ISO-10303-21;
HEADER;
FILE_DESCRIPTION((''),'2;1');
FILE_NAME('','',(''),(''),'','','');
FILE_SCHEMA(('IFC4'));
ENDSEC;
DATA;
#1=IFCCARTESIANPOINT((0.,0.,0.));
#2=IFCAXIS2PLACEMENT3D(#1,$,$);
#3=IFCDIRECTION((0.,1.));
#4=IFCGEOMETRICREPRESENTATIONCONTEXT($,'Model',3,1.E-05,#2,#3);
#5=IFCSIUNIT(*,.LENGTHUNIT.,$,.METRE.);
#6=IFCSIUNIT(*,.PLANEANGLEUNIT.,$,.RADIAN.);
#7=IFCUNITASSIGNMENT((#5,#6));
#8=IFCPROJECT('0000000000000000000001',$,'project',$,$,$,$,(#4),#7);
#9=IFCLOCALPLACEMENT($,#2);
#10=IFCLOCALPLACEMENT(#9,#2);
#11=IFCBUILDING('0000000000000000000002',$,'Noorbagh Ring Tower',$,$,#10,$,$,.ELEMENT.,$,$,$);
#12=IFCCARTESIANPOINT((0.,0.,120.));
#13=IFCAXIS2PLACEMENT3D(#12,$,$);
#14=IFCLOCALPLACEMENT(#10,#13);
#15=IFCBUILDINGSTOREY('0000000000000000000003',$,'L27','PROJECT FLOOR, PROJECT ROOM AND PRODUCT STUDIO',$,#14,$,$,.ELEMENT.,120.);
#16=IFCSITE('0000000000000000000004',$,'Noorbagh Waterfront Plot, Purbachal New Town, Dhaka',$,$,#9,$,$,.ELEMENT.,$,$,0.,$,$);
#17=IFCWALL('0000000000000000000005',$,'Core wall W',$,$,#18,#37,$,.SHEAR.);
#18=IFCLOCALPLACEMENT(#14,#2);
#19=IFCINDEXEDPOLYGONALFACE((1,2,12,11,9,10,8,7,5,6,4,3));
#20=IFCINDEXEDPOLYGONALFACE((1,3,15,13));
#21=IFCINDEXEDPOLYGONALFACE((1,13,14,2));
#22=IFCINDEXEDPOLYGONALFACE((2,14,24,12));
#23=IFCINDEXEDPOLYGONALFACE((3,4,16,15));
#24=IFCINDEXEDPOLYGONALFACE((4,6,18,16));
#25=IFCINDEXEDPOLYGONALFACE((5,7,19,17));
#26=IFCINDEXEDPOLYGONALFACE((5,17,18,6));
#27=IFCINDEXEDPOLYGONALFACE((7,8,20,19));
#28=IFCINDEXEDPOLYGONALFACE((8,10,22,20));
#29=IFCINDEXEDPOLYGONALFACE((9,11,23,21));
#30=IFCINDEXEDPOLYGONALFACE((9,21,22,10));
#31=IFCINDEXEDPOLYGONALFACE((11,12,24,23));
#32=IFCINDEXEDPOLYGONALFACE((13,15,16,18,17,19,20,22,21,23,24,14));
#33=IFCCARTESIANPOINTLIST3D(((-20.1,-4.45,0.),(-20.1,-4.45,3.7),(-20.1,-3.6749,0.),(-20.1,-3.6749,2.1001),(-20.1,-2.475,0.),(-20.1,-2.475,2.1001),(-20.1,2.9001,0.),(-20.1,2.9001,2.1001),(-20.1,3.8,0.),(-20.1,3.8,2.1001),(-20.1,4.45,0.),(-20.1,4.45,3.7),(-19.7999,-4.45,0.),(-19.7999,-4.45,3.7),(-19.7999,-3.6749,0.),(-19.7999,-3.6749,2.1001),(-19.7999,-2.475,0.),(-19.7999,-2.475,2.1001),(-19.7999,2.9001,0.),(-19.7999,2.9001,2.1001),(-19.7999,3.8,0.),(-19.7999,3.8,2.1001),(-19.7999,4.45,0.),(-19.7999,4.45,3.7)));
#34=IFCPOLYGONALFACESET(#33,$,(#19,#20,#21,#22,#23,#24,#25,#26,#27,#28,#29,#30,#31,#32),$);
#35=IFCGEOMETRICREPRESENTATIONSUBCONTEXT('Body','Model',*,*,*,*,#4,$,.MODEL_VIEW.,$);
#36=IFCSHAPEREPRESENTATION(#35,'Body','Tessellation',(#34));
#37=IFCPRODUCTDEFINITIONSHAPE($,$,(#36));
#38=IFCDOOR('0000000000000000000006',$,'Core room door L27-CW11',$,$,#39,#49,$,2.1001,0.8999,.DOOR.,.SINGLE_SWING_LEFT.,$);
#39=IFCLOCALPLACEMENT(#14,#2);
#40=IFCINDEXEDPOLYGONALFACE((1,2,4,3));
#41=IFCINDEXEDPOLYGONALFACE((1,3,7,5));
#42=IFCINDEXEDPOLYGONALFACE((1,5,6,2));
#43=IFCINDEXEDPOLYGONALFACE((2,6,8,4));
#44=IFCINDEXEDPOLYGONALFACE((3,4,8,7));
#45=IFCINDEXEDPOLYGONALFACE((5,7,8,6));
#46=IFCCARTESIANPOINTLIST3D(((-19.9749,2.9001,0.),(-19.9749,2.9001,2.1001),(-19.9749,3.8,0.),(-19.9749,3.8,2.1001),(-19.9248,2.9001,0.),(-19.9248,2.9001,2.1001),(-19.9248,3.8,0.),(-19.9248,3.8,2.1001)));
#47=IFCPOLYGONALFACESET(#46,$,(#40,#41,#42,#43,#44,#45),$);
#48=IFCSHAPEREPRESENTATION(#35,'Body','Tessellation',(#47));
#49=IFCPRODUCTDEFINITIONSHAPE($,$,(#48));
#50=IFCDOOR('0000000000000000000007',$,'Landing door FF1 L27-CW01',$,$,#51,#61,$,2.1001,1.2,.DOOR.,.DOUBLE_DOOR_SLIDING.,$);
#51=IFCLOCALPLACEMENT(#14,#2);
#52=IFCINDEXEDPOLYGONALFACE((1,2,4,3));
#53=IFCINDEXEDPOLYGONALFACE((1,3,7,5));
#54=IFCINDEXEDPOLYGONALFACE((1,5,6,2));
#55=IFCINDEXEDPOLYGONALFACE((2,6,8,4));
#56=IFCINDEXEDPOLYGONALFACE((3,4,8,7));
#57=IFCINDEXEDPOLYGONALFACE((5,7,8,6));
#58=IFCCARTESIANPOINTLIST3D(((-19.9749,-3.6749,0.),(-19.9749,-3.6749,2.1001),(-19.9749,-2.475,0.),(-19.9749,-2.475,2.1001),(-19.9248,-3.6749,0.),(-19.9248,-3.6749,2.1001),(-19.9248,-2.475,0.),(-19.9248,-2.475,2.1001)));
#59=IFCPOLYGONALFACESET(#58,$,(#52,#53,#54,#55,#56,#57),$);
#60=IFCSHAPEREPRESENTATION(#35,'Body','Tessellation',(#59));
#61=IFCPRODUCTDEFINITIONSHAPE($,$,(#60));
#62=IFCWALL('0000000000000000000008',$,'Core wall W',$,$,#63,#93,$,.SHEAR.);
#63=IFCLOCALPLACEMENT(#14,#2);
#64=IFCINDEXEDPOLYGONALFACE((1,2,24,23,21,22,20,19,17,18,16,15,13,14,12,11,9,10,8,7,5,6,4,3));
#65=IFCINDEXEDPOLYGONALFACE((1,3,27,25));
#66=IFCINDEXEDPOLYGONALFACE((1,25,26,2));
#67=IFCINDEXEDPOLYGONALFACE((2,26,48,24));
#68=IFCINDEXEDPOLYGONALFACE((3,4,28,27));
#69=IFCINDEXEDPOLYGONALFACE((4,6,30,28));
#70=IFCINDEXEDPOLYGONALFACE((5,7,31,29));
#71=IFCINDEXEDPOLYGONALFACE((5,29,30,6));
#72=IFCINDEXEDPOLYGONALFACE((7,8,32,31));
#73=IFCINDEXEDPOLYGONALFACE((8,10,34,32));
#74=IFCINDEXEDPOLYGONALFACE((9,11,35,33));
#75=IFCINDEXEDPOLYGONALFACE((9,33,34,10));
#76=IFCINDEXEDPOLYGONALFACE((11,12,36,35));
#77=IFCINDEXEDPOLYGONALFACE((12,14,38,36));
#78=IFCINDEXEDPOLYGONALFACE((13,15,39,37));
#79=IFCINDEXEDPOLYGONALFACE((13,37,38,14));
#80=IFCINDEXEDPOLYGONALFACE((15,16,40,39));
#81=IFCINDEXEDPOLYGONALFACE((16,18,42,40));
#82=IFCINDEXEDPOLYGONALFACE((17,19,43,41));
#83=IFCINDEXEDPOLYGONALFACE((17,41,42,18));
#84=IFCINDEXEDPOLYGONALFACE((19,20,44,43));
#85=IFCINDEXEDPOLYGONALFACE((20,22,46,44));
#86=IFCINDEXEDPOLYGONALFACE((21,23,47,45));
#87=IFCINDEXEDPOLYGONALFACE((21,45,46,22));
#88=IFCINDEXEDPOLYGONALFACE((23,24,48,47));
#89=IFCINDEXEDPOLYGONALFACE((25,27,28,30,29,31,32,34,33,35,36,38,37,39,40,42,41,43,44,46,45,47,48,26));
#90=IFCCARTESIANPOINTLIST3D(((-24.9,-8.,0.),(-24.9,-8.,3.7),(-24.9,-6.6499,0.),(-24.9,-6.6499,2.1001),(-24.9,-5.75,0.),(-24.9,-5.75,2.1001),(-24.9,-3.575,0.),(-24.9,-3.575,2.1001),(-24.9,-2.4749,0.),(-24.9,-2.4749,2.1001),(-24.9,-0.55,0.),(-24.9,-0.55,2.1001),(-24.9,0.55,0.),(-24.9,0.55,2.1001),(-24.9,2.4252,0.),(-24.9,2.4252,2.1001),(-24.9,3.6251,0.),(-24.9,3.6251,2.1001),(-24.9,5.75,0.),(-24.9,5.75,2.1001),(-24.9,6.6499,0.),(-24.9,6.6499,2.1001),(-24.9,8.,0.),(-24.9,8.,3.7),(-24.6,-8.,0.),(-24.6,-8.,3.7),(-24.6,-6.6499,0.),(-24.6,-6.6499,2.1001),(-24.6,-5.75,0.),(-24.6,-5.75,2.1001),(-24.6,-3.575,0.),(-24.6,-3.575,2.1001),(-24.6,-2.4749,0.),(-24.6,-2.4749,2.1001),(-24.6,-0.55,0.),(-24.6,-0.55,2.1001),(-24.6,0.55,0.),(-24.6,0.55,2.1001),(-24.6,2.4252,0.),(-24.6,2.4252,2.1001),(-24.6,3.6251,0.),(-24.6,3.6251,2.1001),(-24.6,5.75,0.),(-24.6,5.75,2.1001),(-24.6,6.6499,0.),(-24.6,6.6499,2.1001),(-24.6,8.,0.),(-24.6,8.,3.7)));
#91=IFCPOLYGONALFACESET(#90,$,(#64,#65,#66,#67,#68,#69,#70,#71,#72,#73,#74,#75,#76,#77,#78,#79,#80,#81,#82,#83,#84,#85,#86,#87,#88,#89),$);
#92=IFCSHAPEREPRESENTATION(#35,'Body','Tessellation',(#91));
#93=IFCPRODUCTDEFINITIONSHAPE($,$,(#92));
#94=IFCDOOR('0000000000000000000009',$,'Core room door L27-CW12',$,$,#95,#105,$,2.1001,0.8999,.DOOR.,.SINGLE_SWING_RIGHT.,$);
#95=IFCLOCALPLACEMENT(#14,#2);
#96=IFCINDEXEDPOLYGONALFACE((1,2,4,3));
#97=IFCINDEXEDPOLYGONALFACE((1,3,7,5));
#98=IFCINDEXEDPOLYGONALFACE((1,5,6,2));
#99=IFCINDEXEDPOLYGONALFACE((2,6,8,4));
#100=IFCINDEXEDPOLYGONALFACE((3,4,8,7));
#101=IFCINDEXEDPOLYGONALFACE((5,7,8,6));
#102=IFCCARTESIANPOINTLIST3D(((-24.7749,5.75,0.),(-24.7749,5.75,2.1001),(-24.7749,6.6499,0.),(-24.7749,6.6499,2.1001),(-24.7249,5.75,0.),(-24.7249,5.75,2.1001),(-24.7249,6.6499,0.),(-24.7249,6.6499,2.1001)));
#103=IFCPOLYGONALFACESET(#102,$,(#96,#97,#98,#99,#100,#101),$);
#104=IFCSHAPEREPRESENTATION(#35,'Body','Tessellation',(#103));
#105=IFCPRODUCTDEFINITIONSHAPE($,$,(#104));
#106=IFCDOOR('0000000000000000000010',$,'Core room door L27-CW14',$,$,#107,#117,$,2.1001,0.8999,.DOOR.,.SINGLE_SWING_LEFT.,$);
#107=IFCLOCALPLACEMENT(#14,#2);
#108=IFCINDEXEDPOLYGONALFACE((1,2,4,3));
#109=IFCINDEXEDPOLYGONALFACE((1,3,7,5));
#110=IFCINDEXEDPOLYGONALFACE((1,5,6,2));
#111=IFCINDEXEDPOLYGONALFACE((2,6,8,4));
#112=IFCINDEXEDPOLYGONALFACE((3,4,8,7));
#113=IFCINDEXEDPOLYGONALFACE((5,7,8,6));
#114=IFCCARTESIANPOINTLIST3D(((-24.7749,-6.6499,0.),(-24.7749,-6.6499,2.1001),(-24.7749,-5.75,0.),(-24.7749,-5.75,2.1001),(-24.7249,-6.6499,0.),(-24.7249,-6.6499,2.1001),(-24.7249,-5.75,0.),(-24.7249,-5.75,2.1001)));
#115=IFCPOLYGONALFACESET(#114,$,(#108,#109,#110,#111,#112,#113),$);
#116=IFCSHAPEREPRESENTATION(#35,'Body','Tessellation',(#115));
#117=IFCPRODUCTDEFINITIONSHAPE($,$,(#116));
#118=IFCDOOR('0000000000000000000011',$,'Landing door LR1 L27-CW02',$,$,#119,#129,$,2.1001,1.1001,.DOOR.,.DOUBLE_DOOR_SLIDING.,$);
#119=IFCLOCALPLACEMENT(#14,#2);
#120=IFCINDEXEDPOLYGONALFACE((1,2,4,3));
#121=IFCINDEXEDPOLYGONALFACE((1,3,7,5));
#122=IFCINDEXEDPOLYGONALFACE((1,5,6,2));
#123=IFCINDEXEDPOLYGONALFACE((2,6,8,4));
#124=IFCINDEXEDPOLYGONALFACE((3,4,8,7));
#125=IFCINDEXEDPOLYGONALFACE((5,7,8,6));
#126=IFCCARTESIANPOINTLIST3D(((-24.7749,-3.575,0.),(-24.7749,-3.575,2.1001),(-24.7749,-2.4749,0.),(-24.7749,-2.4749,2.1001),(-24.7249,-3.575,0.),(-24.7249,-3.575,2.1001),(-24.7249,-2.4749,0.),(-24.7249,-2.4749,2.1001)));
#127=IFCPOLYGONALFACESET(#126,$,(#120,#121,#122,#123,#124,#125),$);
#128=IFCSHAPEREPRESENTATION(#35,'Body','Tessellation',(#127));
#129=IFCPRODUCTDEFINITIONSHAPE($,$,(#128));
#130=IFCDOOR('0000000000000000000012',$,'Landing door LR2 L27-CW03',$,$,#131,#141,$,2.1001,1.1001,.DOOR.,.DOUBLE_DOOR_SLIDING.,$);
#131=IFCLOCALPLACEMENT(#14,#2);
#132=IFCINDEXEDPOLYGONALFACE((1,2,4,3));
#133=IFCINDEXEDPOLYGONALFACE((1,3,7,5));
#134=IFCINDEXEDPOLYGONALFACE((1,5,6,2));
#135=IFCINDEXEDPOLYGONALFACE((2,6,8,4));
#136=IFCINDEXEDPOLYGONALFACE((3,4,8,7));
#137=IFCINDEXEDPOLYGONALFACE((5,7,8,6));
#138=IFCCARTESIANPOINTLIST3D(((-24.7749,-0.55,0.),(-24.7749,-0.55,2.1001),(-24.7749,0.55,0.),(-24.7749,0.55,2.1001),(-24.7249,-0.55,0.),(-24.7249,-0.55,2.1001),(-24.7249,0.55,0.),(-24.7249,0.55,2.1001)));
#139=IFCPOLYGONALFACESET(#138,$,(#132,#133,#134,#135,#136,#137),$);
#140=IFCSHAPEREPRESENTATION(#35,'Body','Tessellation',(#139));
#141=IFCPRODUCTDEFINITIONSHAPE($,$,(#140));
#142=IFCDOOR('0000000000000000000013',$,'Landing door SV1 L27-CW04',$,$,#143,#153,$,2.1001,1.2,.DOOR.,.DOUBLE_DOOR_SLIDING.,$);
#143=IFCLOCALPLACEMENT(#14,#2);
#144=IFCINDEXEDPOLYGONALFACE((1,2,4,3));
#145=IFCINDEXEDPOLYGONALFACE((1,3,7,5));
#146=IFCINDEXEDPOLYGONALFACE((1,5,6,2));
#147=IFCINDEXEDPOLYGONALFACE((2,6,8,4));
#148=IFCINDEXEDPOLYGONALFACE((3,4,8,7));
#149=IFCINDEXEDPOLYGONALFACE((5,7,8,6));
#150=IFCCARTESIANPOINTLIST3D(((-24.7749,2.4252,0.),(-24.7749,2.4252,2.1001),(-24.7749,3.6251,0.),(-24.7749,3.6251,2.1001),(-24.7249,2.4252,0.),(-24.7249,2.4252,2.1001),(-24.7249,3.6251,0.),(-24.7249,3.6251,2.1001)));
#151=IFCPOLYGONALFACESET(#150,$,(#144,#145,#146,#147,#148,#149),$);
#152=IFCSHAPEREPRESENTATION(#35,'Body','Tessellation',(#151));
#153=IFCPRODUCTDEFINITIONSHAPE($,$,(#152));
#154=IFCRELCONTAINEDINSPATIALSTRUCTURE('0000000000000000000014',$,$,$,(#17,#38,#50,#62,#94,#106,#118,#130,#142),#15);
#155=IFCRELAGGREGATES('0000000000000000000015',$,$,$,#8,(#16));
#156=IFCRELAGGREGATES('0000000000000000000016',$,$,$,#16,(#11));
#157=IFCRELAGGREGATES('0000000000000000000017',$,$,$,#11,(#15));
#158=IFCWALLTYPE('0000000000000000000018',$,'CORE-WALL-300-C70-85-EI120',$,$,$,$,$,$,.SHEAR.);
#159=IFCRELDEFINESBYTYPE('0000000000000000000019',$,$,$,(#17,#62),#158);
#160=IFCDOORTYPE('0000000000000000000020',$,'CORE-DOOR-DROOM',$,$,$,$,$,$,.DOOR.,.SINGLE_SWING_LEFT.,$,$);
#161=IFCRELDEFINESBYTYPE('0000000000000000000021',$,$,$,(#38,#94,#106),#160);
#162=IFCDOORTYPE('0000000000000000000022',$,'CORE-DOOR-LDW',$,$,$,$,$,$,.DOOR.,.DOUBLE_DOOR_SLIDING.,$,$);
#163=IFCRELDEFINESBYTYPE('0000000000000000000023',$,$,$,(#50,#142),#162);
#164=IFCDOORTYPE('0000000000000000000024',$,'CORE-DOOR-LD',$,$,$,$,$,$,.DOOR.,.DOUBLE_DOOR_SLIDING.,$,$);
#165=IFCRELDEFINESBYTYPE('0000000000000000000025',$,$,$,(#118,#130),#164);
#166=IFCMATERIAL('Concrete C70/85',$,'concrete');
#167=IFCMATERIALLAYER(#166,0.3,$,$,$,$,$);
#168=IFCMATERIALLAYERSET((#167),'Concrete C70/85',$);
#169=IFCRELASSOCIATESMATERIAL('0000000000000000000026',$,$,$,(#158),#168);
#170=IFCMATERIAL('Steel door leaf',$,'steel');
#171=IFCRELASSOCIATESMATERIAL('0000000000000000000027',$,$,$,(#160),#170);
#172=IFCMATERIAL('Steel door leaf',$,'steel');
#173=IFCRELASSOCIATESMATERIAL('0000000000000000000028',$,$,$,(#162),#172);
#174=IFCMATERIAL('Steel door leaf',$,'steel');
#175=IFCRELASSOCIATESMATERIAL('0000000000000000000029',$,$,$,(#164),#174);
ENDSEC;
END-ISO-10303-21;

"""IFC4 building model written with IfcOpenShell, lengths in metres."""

from ifc_helpers import new_model, si_unit, direction, frame, frame_2d, origin, place, context, subcontext, project, spatial, rectangle, extrude, material, layer, layer_set, type_object, element, fill, save


model = new_model("IFC4")

# Units and contexts
model_context = context("Model", 3, precision=1e-05, world=origin(), true_north=direction((0.0, 1.0)))
body_context = subcontext(model_context, "Body", "Model", "MODEL_VIEW")
ifc_project = project(units=[si_unit("LENGTHUNIT", "METRE"), si_unit("PLANEANGLEUNIT", "RADIAN")], contexts=[model_context])

# Site, building, storey
site_placement = place(None, origin())
site = spatial("IfcSite", under=ifc_project, at=site_placement, Name="Noorbagh Waterfront Plot, Purbachal New Town, Dhaka", CompositionType="ELEMENT", RefElevation=0.0)
building_placement = place(site_placement, origin())
building = spatial("IfcBuilding", under=site, at=building_placement, Name="Noorbagh Ring Tower", CompositionType="ELEMENT")
storey_placement = place(building_placement, frame((0.0, 0.0, 120.0)))
storey = spatial("IfcBuildingStorey", under=building, at=storey_placement, Name="L27", Description="PROJECT FLOOR, PROJECT ROOM AND PRODUCT STUDIO", CompositionType="ELEMENT", Elevation=120.0)

# Shared definitions
ifc_material_1 = material(Name="Concrete C70/85", Category="concrete")
ifc_layer_1 = layer(ifc_material_1, 0.3)
ifc_layer_set_1 = layer_set([ifc_layer_1], Name="Concrete C70/85")
wall_type_1 = type_object("IfcWallType", Name="CORE-WALL-300-C70-85-EI120", PredefinedType="SHEAR", material=ifc_layer_set_1)

# Walls, openings, doors
wall_1_placement = place(storey_placement, frame((-19.95, -4.45, 0.0), z_axis=(0.0, 0.0, 1.0), x_axis=(0.0, 1.0, 0.0)))
wall_1 = element("IfcWall", 1, at=wall_1_placement, inside=storey, type_object=wall_type_1, Name="Core wall W", PredefinedType="SHEAR", context=body_context, shape_type="SweptSolid", body=[
    extrude(rectangle(XDim=8.8999, YDim=0.3, at=frame_2d((4.45, 0.0))), origin(), (0.0, 0.0, 1.0), 3.7),
])
opening_1_placement = place(wall_1_placement, frame((0.7749, 0.0, 0.0)))
opening_1 = element("IfcOpeningElement", 2, at=opening_1_placement, cuts=wall_1, PredefinedType="OPENING", context=body_context, shape_type="SweptSolid", body=[
    extrude(rectangle(XDim=1.2, YDim=2.1001, at=frame_2d((0.6001, 1.05))), frame((0.0, 0.1602, 0.0), z_axis=(0.0, -1.0, 0.0), x_axis=(1.0, 0.0, 0.0)), (0.0, 0.0, 1.0), 0.3201),
])
opening_2_placement = place(wall_1_placement, frame((7.3501, 0.0, 0.0)))
opening_2 = element("IfcOpeningElement", 3, at=opening_2_placement, cuts=wall_1, PredefinedType="OPENING", context=body_context, shape_type="SweptSolid", body=[
    extrude(rectangle(XDim=0.8999, YDim=2.1001, at=frame_2d((0.45, 1.05))), frame((0.0, 0.1602, 0.0), z_axis=(0.0, -1.0, 0.0), x_axis=(1.0, 0.0, 0.0)), (0.0, 0.0, 1.0), 0.3201),
])
ifc_material_2 = material(Name="Steel door leaf", Category="steel")
door_type_1 = type_object("IfcDoorType", Name="CORE-DOOR-DROOM", OperationType="SINGLE_SWING_LEFT", PredefinedType="DOOR", material=ifc_material_2)
door_1_placement = place(opening_2_placement, origin())
door_1 = element("IfcDoor", 4, at=door_1_placement, inside=storey, type_object=door_type_1, Name="Core room door L27-CW11", OperationType="SINGLE_SWING_LEFT", OverallHeight=2.1001, OverallWidth=0.8999, PredefinedType="DOOR", context=body_context, shape_type="SweptSolid", body=[
    extrude(rectangle(XDim=0.8999, YDim=2.1001, at=frame_2d((0.45, 1.05))), frame((0.0, 0.0249, 0.0), z_axis=(0.0, -1.0, 0.0), x_axis=(1.0, 0.0, 0.0)), (0.0, 0.0, 1.0), 0.05),
])
fill(opening_2, door_1)
ifc_material_3 = material(Name="Steel door leaf", Category="steel")
door_type_2 = type_object("IfcDoorType", Name="CORE-DOOR-LDW", OperationType="DOUBLE_DOOR_SLIDING", PredefinedType="DOOR", material=ifc_material_3)
door_2_placement = place(opening_1_placement, origin())
door_2 = element("IfcDoor", 5, at=door_2_placement, inside=storey, type_object=door_type_2, Name="Landing door FF1 L27-CW01", OperationType="DOUBLE_DOOR_SLIDING", OverallHeight=2.1001, OverallWidth=1.2, PredefinedType="DOOR", context=body_context, shape_type="SweptSolid", body=[
    extrude(rectangle(XDim=1.2, YDim=2.1001, at=frame_2d((0.6001, 1.05))), frame((0.0, 0.0249, 0.0), z_axis=(0.0, -1.0, 0.0), x_axis=(1.0, 0.0, 0.0)), (0.0, 0.0, 1.0), 0.05),
])
fill(opening_1, door_2)
wall_2_placement = place(storey_placement, frame((-24.75, -8.0, 0.0), z_axis=(0.0, 0.0, 1.0), x_axis=(0.0, 1.0, 0.0)))
wall_2 = element("IfcWall", 6, at=wall_2_placement, inside=storey, type_object=wall_type_1, Name="Core wall W", PredefinedType="SHEAR", context=body_context, shape_type="SweptSolid", body=[
    extrude(rectangle(XDim=16.0, YDim=0.3, at=frame_2d((8.0, 0.0))), origin(), (0.0, 0.0, 1.0), 3.7),
])
opening_3_placement = place(wall_2_placement, frame((4.425, 0.0, 0.0)))
opening_3 = element("IfcOpeningElement", 7, at=opening_3_placement, cuts=wall_2, PredefinedType="OPENING", context=body_context, shape_type="SweptSolid", body=[
    extrude(rectangle(XDim=1.1001, YDim=2.1001, at=frame_2d((0.55, 1.05))), frame((0.0, 0.1602, 0.0), z_axis=(0.0, -1.0, 0.0), x_axis=(1.0, 0.0, 0.0)), (0.0, 0.0, 1.0), 0.3201),
])
opening_4_placement = place(wall_2_placement, frame((7.45, 0.0, 0.0)))
opening_4 = element("IfcOpeningElement", 8, at=opening_4_placement, cuts=wall_2, PredefinedType="OPENING", context=body_context, shape_type="SweptSolid", body=[
    extrude(rectangle(XDim=1.1001, YDim=2.1001, at=frame_2d((0.55, 1.05))), frame((0.0, 0.1602, 0.0), z_axis=(0.0, -1.0, 0.0), x_axis=(1.0, 0.0, 0.0)), (0.0, 0.0, 1.0), 0.3201),
])
opening_5_placement = place(wall_2_placement, frame((10.425, 0.0, 0.0)))
opening_5 = element("IfcOpeningElement", 9, at=opening_5_placement, cuts=wall_2, PredefinedType="OPENING", context=body_context, shape_type="SweptSolid", body=[
    extrude(rectangle(XDim=1.2, YDim=2.1001, at=frame_2d((0.6001, 1.05))), frame((0.0, 0.1602, 0.0), z_axis=(0.0, -1.0, 0.0), x_axis=(1.0, 0.0, 0.0)), (0.0, 0.0, 1.0), 0.3201),
])
opening_6_placement = place(wall_2_placement, frame((13.75, 0.0, 0.0)))
opening_6 = element("IfcOpeningElement", 10, at=opening_6_placement, cuts=wall_2, PredefinedType="OPENING", context=body_context, shape_type="SweptSolid", body=[
    extrude(rectangle(XDim=0.8999, YDim=2.1001, at=frame_2d((0.45, 1.05))), frame((0.0, 0.1602, 0.0), z_axis=(0.0, -1.0, 0.0), x_axis=(1.0, 0.0, 0.0)), (0.0, 0.0, 1.0), 0.3201),
])
opening_7_placement = place(wall_2_placement, frame((1.3501, 0.0, 0.0)))
opening_7 = element("IfcOpeningElement", 11, at=opening_7_placement, cuts=wall_2, PredefinedType="OPENING", context=body_context, shape_type="SweptSolid", body=[
    extrude(rectangle(XDim=0.8999, YDim=2.1001, at=frame_2d((0.45, 1.05))), frame((0.0, 0.1602, 0.0), z_axis=(0.0, -1.0, 0.0), x_axis=(1.0, 0.0, 0.0)), (0.0, 0.0, 1.0), 0.3201),
])
door_3_placement = place(opening_6_placement, origin())
door_3 = element("IfcDoor", 12, at=door_3_placement, inside=storey, type_object=door_type_1, Name="Core room door L27-CW12", OperationType="SINGLE_SWING_RIGHT", OverallHeight=2.1001, OverallWidth=0.8999, PredefinedType="DOOR", context=body_context, shape_type="SweptSolid", body=[
    extrude(rectangle(XDim=0.8999, YDim=2.1001, at=frame_2d((0.45, 1.05))), frame((0.0, 0.0249, 0.0), z_axis=(0.0, -1.0, 0.0), x_axis=(1.0, 0.0, 0.0)), (0.0, 0.0, 1.0), 0.05),
])
fill(opening_6, door_3)
door_4_placement = place(opening_7_placement, origin())
door_4 = element("IfcDoor", 13, at=door_4_placement, inside=storey, type_object=door_type_1, Name="Core room door L27-CW14", OperationType="SINGLE_SWING_LEFT", OverallHeight=2.1001, OverallWidth=0.8999, PredefinedType="DOOR", context=body_context, shape_type="SweptSolid", body=[
    extrude(rectangle(XDim=0.8999, YDim=2.1001, at=frame_2d((0.45, 1.05))), frame((0.0, 0.0249, 0.0), z_axis=(0.0, -1.0, 0.0), x_axis=(1.0, 0.0, 0.0)), (0.0, 0.0, 1.0), 0.05),
])
fill(opening_7, door_4)
ifc_material_4 = material(Name="Steel door leaf", Category="steel")
door_type_3 = type_object("IfcDoorType", Name="CORE-DOOR-LD", OperationType="DOUBLE_DOOR_SLIDING", PredefinedType="DOOR", material=ifc_material_4)
door_5_placement = place(opening_3_placement, origin())
door_5 = element("IfcDoor", 14, at=door_5_placement, inside=storey, type_object=door_type_3, Name="Landing door LR1 L27-CW02", OperationType="DOUBLE_DOOR_SLIDING", OverallHeight=2.1001, OverallWidth=1.1001, PredefinedType="DOOR", context=body_context, shape_type="SweptSolid", body=[
    extrude(rectangle(XDim=1.1001, YDim=2.1001, at=frame_2d((0.55, 1.05))), frame((0.0, 0.0249, 0.0), z_axis=(0.0, -1.0, 0.0), x_axis=(1.0, 0.0, 0.0)), (0.0, 0.0, 1.0), 0.05),
])
fill(opening_3, door_5)
door_6_placement = place(opening_4_placement, origin())
door_6 = element("IfcDoor", 15, at=door_6_placement, inside=storey, type_object=door_type_3, Name="Landing door LR2 L27-CW03", OperationType="DOUBLE_DOOR_SLIDING", OverallHeight=2.1001, OverallWidth=1.1001, PredefinedType="DOOR", context=body_context, shape_type="SweptSolid", body=[
    extrude(rectangle(XDim=1.1001, YDim=2.1001, at=frame_2d((0.55, 1.05))), frame((0.0, 0.0249, 0.0), z_axis=(0.0, -1.0, 0.0), x_axis=(1.0, 0.0, 0.0)), (0.0, 0.0, 1.0), 0.05),
])
fill(opening_4, door_6)
door_7_placement = place(opening_5_placement, origin())
door_7 = element("IfcDoor", 16, at=door_7_placement, inside=storey, type_object=door_type_2, Name="Landing door SV1 L27-CW04", OperationType="DOUBLE_DOOR_SLIDING", OverallHeight=2.1001, OverallWidth=1.2, PredefinedType="DOOR", context=body_context, shape_type="SweptSolid", body=[
    extrude(rectangle(XDim=1.2, YDim=2.1001, at=frame_2d((0.6001, 1.05))), frame((0.0, 0.0249, 0.0), z_axis=(0.0, -1.0, 0.0), x_axis=(1.0, 0.0, 0.0)), (0.0, 0.0, 1.0), 0.05),
])
fill(opening_5, door_7)

save(model, "model.ifc")
